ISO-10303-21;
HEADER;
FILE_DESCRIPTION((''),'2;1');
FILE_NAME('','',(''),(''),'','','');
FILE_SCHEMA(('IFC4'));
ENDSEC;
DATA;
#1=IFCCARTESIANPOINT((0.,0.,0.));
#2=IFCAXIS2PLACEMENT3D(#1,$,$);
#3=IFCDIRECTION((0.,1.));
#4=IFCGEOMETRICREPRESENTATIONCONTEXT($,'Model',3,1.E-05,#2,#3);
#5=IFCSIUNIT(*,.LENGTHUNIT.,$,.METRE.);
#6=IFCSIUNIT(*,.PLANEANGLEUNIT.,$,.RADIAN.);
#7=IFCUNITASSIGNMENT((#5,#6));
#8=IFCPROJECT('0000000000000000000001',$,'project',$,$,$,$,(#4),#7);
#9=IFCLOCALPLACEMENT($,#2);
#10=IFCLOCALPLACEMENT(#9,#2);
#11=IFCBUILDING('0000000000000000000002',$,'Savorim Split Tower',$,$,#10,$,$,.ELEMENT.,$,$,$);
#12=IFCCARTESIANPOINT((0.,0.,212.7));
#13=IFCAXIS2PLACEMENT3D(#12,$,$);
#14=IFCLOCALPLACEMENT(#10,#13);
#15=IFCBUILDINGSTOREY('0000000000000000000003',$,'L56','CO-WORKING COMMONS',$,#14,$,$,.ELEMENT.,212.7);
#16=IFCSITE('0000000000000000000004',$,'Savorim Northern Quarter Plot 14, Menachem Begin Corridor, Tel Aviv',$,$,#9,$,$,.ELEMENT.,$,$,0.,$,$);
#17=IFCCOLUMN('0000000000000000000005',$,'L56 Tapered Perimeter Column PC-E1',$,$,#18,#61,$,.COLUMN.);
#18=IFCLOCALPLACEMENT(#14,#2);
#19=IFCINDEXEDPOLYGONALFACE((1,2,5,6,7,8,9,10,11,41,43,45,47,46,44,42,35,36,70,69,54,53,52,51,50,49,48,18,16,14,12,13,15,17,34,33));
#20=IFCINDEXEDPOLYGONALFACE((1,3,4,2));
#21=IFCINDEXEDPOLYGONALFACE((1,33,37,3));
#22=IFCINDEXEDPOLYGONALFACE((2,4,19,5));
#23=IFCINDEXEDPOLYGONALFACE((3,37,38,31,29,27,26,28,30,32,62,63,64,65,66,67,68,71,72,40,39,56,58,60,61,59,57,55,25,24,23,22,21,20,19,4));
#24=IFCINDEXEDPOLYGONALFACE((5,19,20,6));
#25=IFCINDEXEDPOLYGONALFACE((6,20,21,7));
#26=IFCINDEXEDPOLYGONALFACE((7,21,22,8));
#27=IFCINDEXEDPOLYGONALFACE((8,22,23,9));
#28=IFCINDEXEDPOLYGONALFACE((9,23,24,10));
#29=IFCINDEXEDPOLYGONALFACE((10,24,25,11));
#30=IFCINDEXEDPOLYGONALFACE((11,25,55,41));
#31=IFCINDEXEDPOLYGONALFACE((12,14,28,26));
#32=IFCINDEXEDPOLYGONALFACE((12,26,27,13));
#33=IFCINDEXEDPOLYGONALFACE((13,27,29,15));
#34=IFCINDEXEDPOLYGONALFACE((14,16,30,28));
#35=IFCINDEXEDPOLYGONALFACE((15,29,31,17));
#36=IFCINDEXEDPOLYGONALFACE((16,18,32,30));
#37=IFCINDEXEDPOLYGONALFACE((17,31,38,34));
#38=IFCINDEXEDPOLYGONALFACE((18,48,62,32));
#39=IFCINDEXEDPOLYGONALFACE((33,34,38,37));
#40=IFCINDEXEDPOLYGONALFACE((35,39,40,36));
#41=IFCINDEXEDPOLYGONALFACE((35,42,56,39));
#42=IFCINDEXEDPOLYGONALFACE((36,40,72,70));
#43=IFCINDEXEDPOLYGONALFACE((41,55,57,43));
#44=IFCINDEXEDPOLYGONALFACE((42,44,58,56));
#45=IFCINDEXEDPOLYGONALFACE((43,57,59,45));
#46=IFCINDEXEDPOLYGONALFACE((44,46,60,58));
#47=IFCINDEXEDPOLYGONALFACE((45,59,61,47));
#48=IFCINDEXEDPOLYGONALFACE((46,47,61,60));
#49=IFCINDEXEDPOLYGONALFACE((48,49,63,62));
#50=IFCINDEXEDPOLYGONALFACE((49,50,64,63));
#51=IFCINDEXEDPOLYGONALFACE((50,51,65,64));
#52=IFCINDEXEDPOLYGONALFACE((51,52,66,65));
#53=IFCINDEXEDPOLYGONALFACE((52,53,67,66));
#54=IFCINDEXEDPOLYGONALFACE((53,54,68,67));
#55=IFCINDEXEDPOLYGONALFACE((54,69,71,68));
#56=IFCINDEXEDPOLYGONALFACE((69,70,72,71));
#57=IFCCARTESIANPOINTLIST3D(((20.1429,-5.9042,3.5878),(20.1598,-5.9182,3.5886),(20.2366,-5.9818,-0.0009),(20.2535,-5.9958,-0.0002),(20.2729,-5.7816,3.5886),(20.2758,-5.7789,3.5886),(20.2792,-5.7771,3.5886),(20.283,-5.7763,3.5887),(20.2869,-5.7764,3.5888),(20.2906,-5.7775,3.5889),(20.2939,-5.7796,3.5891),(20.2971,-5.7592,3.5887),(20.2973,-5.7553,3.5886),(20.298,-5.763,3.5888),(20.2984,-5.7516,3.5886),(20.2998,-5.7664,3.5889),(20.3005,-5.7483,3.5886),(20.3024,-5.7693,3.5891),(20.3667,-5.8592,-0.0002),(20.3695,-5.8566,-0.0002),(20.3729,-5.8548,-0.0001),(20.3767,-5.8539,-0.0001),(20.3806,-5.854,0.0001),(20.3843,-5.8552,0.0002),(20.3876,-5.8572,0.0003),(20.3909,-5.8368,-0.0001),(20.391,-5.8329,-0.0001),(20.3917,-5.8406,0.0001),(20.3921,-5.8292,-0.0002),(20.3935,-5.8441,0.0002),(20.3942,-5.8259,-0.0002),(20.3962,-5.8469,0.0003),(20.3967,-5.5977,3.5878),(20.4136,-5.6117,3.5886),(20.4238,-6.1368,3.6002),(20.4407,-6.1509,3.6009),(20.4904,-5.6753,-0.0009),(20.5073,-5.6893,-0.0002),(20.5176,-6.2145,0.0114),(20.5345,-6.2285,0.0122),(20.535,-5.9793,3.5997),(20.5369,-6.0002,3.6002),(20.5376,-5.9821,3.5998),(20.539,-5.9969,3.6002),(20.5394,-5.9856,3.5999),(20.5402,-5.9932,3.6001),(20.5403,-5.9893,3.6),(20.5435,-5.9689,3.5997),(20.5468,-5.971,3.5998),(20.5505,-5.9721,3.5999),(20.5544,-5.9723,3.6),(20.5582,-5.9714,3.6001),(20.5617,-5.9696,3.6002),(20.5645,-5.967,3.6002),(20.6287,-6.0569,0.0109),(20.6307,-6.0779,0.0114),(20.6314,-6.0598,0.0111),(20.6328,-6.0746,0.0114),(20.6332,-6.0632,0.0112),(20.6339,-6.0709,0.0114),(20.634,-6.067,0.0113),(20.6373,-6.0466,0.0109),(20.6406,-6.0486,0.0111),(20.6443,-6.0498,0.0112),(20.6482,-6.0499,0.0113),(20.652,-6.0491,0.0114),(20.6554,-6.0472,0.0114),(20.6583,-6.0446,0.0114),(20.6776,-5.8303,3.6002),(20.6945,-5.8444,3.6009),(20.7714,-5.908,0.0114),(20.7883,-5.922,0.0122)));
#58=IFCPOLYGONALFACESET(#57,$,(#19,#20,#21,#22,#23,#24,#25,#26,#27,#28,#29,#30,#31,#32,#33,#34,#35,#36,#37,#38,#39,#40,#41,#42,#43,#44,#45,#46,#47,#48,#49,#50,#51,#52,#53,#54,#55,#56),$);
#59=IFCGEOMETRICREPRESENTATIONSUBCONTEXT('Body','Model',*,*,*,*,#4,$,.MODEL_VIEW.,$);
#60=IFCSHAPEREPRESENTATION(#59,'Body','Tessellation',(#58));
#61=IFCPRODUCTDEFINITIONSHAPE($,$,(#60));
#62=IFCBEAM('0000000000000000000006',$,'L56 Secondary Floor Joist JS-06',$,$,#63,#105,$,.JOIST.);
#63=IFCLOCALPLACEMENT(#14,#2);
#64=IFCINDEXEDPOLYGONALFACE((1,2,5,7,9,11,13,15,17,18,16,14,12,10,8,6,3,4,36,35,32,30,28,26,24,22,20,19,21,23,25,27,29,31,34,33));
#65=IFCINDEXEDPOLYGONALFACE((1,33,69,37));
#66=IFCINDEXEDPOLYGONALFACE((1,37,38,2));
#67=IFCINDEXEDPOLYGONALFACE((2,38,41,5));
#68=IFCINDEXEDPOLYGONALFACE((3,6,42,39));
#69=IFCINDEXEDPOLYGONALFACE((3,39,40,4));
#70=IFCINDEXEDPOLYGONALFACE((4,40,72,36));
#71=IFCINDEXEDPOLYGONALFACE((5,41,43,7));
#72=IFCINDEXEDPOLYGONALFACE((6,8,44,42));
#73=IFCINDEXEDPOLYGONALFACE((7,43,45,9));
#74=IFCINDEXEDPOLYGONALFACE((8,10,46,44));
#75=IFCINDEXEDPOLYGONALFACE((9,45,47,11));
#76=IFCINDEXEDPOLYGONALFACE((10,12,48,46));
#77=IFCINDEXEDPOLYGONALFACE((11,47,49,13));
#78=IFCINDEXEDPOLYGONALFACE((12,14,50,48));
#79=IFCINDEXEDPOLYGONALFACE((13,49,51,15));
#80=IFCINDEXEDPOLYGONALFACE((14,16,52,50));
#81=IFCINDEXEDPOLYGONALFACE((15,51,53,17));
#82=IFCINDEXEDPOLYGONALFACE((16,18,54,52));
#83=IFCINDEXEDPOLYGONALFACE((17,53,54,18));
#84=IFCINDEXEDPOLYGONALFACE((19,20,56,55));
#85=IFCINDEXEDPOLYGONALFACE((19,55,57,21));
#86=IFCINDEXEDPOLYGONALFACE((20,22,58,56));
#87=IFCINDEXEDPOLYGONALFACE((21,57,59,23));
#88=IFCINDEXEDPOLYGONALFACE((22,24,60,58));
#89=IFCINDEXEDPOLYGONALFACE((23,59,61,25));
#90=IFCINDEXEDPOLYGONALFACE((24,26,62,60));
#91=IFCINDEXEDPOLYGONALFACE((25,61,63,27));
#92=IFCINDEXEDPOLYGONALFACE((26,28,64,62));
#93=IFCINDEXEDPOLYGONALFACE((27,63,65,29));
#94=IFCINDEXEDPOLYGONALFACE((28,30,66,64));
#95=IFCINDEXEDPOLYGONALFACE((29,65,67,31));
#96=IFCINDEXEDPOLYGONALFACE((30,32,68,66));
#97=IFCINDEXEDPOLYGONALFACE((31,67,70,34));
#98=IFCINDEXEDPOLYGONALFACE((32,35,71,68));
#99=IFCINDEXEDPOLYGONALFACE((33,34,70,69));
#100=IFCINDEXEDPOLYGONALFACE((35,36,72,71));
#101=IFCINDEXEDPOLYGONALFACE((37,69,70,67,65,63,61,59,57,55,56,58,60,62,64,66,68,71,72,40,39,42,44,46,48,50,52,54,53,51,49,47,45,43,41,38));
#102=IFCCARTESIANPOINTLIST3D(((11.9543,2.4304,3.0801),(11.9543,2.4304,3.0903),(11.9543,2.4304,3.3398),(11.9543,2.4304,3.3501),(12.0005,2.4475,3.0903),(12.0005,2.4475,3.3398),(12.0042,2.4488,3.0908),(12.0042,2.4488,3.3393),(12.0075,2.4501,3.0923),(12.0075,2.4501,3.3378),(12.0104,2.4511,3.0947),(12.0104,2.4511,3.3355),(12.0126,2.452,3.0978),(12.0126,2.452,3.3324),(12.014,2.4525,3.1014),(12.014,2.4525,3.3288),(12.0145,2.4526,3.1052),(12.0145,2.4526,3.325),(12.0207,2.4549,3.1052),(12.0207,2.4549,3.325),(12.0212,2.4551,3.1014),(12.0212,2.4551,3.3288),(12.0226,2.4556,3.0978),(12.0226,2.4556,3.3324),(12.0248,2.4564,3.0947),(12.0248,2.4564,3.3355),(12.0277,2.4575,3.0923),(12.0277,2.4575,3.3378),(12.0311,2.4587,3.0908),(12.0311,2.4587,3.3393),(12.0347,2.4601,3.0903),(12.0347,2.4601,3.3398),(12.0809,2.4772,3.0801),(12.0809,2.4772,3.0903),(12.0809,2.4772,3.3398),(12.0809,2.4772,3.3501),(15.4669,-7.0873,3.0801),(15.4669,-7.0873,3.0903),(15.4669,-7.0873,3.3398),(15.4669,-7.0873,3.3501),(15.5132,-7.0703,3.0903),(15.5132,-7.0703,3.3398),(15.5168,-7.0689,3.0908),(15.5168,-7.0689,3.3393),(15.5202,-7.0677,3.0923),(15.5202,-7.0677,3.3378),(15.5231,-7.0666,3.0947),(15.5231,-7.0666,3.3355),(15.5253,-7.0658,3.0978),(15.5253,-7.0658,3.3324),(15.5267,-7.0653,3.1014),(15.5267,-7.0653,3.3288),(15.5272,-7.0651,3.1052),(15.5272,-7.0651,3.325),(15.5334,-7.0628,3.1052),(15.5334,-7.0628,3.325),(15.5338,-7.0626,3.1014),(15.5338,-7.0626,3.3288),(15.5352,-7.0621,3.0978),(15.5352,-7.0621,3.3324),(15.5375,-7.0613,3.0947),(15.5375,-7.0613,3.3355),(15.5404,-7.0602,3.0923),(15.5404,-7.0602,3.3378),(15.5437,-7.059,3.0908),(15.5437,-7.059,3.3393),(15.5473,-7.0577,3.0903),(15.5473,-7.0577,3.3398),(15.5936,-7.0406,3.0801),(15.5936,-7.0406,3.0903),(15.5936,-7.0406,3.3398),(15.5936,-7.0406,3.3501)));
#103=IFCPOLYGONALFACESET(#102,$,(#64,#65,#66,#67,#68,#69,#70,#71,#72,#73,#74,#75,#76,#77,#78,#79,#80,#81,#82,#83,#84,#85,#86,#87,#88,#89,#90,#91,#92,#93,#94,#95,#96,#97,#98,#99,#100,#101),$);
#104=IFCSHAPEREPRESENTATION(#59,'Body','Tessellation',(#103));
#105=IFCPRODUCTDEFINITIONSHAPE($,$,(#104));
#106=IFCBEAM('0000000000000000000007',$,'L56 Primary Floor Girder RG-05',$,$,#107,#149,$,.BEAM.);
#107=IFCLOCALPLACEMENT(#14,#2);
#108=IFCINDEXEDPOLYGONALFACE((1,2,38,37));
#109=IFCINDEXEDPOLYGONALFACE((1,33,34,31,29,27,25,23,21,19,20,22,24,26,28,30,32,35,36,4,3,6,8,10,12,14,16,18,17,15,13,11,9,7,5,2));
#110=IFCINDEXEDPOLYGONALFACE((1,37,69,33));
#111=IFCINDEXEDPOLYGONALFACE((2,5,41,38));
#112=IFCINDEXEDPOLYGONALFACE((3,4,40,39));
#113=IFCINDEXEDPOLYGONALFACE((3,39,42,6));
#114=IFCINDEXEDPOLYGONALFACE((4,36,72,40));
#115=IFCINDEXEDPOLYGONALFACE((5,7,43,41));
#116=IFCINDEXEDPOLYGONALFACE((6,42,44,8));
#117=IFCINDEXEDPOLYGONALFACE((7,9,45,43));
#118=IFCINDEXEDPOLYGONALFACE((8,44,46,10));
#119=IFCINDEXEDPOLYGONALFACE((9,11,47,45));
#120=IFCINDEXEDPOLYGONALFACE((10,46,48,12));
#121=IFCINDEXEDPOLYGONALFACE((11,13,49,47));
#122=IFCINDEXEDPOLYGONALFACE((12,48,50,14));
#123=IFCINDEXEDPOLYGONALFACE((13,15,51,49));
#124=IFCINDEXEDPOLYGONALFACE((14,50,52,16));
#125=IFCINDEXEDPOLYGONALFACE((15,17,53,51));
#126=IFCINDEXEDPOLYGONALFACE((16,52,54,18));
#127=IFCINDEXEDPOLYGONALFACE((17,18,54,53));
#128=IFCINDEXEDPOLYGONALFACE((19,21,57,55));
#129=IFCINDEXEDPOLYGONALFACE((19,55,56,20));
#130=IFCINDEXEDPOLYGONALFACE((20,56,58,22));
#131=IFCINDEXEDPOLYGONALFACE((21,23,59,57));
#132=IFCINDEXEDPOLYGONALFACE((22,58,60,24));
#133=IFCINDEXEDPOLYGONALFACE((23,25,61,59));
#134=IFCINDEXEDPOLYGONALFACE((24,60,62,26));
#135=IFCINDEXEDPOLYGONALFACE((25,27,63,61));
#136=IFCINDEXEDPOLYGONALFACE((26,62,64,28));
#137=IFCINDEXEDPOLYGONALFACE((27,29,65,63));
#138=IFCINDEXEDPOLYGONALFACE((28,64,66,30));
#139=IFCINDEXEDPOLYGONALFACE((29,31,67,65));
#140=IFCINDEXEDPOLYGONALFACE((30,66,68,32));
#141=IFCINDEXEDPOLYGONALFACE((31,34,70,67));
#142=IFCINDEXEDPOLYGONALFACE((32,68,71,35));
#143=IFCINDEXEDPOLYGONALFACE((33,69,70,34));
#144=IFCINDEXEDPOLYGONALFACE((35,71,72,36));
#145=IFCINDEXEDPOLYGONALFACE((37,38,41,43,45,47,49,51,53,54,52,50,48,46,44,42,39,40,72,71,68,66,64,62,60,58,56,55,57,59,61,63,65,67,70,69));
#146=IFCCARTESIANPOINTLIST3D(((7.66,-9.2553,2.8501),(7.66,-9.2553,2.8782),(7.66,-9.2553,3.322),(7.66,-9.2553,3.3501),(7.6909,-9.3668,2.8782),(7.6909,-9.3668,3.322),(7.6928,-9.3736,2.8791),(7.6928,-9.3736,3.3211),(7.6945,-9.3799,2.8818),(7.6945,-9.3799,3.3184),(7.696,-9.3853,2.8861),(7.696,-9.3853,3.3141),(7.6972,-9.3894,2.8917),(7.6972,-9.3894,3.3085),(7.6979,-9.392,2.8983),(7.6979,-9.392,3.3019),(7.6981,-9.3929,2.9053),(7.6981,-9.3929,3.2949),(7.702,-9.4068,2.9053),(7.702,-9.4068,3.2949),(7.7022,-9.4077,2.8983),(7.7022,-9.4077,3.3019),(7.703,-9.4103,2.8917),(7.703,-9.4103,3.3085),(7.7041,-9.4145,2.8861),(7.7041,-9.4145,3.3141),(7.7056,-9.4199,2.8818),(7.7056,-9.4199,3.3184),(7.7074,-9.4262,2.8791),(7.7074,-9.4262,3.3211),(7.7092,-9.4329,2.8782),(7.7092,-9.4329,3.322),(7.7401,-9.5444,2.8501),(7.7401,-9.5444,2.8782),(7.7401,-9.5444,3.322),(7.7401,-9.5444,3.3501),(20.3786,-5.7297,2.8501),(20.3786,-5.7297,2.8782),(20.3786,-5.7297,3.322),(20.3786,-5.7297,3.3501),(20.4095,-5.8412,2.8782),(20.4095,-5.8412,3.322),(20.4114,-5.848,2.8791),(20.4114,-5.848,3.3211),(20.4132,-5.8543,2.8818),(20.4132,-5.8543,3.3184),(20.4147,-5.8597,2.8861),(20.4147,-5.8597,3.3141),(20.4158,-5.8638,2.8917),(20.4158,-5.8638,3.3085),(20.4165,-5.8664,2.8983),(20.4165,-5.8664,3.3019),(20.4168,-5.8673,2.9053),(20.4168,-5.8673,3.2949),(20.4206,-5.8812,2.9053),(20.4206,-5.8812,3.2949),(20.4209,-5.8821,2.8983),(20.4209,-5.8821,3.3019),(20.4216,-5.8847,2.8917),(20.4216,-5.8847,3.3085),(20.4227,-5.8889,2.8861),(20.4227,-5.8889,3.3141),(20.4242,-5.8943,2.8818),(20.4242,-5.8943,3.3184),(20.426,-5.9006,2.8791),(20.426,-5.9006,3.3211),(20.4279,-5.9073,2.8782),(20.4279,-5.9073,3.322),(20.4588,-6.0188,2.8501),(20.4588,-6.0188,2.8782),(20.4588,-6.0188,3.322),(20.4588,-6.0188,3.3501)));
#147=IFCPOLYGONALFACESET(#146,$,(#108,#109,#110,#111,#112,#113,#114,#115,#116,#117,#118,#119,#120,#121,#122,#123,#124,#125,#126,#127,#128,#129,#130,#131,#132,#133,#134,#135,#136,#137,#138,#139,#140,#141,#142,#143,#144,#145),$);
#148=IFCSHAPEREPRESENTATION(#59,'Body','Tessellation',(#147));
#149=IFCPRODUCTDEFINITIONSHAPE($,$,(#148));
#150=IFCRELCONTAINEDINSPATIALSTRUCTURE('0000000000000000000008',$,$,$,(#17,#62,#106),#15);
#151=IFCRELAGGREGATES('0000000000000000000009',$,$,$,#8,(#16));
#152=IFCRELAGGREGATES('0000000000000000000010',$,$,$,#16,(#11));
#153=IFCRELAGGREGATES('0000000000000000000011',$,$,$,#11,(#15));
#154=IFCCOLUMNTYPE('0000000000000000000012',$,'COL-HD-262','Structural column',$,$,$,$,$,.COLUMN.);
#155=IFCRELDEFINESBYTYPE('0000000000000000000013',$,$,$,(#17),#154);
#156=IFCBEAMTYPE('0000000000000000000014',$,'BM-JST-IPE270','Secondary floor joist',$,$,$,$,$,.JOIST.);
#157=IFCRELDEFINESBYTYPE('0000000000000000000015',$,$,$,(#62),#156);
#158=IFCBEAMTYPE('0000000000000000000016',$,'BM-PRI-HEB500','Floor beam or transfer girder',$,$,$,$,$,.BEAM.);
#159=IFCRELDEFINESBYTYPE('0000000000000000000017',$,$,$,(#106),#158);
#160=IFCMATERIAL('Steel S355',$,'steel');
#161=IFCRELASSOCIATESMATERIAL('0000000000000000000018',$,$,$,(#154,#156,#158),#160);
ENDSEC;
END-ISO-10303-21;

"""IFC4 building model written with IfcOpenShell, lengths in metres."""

from ifc_helpers import new_model, si_unit, direction, frame, origin, origin_2d, place, context, subcontext, project, spatial, i_section, extrude, material, material_profile, profile_set, type_object, element, save


model = new_model("IFC4")

# Units and contexts
model_context = context("Model", 3, precision=1e-05, world=origin(), true_north=direction((0.0, 1.0)))
body_context = subcontext(model_context, "Body", "Model", "MODEL_VIEW")
ifc_project = project(units=[si_unit("LENGTHUNIT", "METRE"), si_unit("PLANEANGLEUNIT", "RADIAN")], contexts=[model_context])

# Site, building, storey
site_placement = place(None, origin())
site = spatial("IfcSite", under=ifc_project, at=site_placement, Name="Savorim Northern Quarter Plot 14, Menachem Begin Corridor, Tel Aviv", CompositionType="ELEMENT", RefElevation=0.0)
building_placement = place(site_placement, origin())
building = spatial("IfcBuilding", under=site, at=building_placement, Name="Savorim Split Tower", CompositionType="ELEMENT")
storey_placement = place(building_placement, frame((0.0, 0.0, 212.7)))
storey = spatial("IfcBuildingStorey", under=building, at=storey_placement, Name="L56", Description="CO-WORKING COMMONS", CompositionType="ELEMENT", Elevation=212.7)

# Column
ifc_material_1 = material(Name="Steel S355", Category="steel")
ifc_material_profile_1 = material_profile(ifc_material_1, i_section(OverallWidth=0.3979, OverallDepth=0.387, WebThickness=0.0134, FlangeThickness=0.022, FilletRadius=0.0149, at=origin_2d()), Name="HD 400x262")
ifc_profile_set_1 = profile_set([ifc_material_profile_1], Name="Steel S355")
column_type = type_object("IfcColumnType", Name="COL-HD-262", Description="Structural column", PredefinedType="COLUMN", material=ifc_profile_set_1)
column_placement = place(storey_placement, frame((20.5125, -5.9519, 0.0056), z_axis=(-0.026107, 0.02162, 0.999425), x_axis=(-0.637814, -0.77019, 0.0)))
element("IfcColumn", 1, at=column_placement, inside=storey, type_object=column_type, Name="L56 Tapered Perimeter Column PC-E1", PredefinedType="COLUMN", context=body_context, shape_type="SweptSolid", body=[
    extrude(i_section(OverallWidth=0.3979, OverallDepth=0.387, WebThickness=0.0134, FlangeThickness=0.022, FilletRadius=0.0149, at=origin_2d()), origin(), (0.0, 0.0, 1.0), 3.5908),
])

# Beams
ifc_material_profile_2 = material_profile(ifc_material_1, i_section(OverallWidth=0.135, OverallDepth=0.27, WebThickness=0.0066, FlangeThickness=0.0103, FilletRadius=0.0149, at=origin_2d()), Name="IPE 270")
ifc_profile_set_2 = profile_set([ifc_material_profile_2], Name="Steel S355")
beam_type_1 = type_object("IfcBeamType", Name="BM-JST-IPE270", Description="Secondary floor joist", PredefinedType="JOIST", material=ifc_profile_set_2)
beam_1_placement = place(storey_placement, frame((15.5303, -7.064, 3.2151), z_axis=(-0.346237, 0.938147, 0.0), x_axis=(-0.938147, -0.346237, 0.0)))
element("IfcBeam", 2, at=beam_1_placement, inside=storey, type_object=beam_type_1, Name="L56 Secondary Floor Joist JS-06", PredefinedType="JOIST", context=body_context, shape_type="SweptSolid", body=[
    extrude(i_section(OverallWidth=0.135, OverallDepth=0.27, WebThickness=0.0066, FlangeThickness=0.0103, FilletRadius=0.0149, at=origin_2d()), origin(), (0.0, 0.0, 1.0), 10.1453),
])
ifc_material_profile_3 = material_profile(ifc_material_1, i_section(OverallWidth=0.3, OverallDepth=0.5, WebThickness=0.0144, FlangeThickness=0.0281, FilletRadius=0.0271, at=origin_2d()), Name="HEB 500")
ifc_profile_set_3 = profile_set([ifc_material_profile_3], Name="Steel S355")
beam_type_2 = type_object("IfcBeamType", Name="BM-PRI-HEB500", Description="Floor beam or transfer girder", PredefinedType="BEAM", material=ifc_profile_set_3)
beam_2_placement = place(storey_placement, frame((20.4187, -5.8743, 3.1001), z_axis=(-0.963661, -0.267127, 0.0), x_axis=(0.267127, -0.963661, 0.0)))
element("IfcBeam", 3, at=beam_2_placement, inside=storey, type_object=beam_type_2, Name="L56 Primary Floor Girder RG-05", PredefinedType="BEAM", context=body_context, shape_type="SweptSolid", body=[
    extrude(i_section(OverallWidth=0.3, OverallDepth=0.5, WebThickness=0.0144, FlangeThickness=0.0281, FilletRadius=0.0271, at=origin_2d()), origin(), (0.0, 0.0, 1.0), 13.1982),
])

save(model, "model.ifc")
